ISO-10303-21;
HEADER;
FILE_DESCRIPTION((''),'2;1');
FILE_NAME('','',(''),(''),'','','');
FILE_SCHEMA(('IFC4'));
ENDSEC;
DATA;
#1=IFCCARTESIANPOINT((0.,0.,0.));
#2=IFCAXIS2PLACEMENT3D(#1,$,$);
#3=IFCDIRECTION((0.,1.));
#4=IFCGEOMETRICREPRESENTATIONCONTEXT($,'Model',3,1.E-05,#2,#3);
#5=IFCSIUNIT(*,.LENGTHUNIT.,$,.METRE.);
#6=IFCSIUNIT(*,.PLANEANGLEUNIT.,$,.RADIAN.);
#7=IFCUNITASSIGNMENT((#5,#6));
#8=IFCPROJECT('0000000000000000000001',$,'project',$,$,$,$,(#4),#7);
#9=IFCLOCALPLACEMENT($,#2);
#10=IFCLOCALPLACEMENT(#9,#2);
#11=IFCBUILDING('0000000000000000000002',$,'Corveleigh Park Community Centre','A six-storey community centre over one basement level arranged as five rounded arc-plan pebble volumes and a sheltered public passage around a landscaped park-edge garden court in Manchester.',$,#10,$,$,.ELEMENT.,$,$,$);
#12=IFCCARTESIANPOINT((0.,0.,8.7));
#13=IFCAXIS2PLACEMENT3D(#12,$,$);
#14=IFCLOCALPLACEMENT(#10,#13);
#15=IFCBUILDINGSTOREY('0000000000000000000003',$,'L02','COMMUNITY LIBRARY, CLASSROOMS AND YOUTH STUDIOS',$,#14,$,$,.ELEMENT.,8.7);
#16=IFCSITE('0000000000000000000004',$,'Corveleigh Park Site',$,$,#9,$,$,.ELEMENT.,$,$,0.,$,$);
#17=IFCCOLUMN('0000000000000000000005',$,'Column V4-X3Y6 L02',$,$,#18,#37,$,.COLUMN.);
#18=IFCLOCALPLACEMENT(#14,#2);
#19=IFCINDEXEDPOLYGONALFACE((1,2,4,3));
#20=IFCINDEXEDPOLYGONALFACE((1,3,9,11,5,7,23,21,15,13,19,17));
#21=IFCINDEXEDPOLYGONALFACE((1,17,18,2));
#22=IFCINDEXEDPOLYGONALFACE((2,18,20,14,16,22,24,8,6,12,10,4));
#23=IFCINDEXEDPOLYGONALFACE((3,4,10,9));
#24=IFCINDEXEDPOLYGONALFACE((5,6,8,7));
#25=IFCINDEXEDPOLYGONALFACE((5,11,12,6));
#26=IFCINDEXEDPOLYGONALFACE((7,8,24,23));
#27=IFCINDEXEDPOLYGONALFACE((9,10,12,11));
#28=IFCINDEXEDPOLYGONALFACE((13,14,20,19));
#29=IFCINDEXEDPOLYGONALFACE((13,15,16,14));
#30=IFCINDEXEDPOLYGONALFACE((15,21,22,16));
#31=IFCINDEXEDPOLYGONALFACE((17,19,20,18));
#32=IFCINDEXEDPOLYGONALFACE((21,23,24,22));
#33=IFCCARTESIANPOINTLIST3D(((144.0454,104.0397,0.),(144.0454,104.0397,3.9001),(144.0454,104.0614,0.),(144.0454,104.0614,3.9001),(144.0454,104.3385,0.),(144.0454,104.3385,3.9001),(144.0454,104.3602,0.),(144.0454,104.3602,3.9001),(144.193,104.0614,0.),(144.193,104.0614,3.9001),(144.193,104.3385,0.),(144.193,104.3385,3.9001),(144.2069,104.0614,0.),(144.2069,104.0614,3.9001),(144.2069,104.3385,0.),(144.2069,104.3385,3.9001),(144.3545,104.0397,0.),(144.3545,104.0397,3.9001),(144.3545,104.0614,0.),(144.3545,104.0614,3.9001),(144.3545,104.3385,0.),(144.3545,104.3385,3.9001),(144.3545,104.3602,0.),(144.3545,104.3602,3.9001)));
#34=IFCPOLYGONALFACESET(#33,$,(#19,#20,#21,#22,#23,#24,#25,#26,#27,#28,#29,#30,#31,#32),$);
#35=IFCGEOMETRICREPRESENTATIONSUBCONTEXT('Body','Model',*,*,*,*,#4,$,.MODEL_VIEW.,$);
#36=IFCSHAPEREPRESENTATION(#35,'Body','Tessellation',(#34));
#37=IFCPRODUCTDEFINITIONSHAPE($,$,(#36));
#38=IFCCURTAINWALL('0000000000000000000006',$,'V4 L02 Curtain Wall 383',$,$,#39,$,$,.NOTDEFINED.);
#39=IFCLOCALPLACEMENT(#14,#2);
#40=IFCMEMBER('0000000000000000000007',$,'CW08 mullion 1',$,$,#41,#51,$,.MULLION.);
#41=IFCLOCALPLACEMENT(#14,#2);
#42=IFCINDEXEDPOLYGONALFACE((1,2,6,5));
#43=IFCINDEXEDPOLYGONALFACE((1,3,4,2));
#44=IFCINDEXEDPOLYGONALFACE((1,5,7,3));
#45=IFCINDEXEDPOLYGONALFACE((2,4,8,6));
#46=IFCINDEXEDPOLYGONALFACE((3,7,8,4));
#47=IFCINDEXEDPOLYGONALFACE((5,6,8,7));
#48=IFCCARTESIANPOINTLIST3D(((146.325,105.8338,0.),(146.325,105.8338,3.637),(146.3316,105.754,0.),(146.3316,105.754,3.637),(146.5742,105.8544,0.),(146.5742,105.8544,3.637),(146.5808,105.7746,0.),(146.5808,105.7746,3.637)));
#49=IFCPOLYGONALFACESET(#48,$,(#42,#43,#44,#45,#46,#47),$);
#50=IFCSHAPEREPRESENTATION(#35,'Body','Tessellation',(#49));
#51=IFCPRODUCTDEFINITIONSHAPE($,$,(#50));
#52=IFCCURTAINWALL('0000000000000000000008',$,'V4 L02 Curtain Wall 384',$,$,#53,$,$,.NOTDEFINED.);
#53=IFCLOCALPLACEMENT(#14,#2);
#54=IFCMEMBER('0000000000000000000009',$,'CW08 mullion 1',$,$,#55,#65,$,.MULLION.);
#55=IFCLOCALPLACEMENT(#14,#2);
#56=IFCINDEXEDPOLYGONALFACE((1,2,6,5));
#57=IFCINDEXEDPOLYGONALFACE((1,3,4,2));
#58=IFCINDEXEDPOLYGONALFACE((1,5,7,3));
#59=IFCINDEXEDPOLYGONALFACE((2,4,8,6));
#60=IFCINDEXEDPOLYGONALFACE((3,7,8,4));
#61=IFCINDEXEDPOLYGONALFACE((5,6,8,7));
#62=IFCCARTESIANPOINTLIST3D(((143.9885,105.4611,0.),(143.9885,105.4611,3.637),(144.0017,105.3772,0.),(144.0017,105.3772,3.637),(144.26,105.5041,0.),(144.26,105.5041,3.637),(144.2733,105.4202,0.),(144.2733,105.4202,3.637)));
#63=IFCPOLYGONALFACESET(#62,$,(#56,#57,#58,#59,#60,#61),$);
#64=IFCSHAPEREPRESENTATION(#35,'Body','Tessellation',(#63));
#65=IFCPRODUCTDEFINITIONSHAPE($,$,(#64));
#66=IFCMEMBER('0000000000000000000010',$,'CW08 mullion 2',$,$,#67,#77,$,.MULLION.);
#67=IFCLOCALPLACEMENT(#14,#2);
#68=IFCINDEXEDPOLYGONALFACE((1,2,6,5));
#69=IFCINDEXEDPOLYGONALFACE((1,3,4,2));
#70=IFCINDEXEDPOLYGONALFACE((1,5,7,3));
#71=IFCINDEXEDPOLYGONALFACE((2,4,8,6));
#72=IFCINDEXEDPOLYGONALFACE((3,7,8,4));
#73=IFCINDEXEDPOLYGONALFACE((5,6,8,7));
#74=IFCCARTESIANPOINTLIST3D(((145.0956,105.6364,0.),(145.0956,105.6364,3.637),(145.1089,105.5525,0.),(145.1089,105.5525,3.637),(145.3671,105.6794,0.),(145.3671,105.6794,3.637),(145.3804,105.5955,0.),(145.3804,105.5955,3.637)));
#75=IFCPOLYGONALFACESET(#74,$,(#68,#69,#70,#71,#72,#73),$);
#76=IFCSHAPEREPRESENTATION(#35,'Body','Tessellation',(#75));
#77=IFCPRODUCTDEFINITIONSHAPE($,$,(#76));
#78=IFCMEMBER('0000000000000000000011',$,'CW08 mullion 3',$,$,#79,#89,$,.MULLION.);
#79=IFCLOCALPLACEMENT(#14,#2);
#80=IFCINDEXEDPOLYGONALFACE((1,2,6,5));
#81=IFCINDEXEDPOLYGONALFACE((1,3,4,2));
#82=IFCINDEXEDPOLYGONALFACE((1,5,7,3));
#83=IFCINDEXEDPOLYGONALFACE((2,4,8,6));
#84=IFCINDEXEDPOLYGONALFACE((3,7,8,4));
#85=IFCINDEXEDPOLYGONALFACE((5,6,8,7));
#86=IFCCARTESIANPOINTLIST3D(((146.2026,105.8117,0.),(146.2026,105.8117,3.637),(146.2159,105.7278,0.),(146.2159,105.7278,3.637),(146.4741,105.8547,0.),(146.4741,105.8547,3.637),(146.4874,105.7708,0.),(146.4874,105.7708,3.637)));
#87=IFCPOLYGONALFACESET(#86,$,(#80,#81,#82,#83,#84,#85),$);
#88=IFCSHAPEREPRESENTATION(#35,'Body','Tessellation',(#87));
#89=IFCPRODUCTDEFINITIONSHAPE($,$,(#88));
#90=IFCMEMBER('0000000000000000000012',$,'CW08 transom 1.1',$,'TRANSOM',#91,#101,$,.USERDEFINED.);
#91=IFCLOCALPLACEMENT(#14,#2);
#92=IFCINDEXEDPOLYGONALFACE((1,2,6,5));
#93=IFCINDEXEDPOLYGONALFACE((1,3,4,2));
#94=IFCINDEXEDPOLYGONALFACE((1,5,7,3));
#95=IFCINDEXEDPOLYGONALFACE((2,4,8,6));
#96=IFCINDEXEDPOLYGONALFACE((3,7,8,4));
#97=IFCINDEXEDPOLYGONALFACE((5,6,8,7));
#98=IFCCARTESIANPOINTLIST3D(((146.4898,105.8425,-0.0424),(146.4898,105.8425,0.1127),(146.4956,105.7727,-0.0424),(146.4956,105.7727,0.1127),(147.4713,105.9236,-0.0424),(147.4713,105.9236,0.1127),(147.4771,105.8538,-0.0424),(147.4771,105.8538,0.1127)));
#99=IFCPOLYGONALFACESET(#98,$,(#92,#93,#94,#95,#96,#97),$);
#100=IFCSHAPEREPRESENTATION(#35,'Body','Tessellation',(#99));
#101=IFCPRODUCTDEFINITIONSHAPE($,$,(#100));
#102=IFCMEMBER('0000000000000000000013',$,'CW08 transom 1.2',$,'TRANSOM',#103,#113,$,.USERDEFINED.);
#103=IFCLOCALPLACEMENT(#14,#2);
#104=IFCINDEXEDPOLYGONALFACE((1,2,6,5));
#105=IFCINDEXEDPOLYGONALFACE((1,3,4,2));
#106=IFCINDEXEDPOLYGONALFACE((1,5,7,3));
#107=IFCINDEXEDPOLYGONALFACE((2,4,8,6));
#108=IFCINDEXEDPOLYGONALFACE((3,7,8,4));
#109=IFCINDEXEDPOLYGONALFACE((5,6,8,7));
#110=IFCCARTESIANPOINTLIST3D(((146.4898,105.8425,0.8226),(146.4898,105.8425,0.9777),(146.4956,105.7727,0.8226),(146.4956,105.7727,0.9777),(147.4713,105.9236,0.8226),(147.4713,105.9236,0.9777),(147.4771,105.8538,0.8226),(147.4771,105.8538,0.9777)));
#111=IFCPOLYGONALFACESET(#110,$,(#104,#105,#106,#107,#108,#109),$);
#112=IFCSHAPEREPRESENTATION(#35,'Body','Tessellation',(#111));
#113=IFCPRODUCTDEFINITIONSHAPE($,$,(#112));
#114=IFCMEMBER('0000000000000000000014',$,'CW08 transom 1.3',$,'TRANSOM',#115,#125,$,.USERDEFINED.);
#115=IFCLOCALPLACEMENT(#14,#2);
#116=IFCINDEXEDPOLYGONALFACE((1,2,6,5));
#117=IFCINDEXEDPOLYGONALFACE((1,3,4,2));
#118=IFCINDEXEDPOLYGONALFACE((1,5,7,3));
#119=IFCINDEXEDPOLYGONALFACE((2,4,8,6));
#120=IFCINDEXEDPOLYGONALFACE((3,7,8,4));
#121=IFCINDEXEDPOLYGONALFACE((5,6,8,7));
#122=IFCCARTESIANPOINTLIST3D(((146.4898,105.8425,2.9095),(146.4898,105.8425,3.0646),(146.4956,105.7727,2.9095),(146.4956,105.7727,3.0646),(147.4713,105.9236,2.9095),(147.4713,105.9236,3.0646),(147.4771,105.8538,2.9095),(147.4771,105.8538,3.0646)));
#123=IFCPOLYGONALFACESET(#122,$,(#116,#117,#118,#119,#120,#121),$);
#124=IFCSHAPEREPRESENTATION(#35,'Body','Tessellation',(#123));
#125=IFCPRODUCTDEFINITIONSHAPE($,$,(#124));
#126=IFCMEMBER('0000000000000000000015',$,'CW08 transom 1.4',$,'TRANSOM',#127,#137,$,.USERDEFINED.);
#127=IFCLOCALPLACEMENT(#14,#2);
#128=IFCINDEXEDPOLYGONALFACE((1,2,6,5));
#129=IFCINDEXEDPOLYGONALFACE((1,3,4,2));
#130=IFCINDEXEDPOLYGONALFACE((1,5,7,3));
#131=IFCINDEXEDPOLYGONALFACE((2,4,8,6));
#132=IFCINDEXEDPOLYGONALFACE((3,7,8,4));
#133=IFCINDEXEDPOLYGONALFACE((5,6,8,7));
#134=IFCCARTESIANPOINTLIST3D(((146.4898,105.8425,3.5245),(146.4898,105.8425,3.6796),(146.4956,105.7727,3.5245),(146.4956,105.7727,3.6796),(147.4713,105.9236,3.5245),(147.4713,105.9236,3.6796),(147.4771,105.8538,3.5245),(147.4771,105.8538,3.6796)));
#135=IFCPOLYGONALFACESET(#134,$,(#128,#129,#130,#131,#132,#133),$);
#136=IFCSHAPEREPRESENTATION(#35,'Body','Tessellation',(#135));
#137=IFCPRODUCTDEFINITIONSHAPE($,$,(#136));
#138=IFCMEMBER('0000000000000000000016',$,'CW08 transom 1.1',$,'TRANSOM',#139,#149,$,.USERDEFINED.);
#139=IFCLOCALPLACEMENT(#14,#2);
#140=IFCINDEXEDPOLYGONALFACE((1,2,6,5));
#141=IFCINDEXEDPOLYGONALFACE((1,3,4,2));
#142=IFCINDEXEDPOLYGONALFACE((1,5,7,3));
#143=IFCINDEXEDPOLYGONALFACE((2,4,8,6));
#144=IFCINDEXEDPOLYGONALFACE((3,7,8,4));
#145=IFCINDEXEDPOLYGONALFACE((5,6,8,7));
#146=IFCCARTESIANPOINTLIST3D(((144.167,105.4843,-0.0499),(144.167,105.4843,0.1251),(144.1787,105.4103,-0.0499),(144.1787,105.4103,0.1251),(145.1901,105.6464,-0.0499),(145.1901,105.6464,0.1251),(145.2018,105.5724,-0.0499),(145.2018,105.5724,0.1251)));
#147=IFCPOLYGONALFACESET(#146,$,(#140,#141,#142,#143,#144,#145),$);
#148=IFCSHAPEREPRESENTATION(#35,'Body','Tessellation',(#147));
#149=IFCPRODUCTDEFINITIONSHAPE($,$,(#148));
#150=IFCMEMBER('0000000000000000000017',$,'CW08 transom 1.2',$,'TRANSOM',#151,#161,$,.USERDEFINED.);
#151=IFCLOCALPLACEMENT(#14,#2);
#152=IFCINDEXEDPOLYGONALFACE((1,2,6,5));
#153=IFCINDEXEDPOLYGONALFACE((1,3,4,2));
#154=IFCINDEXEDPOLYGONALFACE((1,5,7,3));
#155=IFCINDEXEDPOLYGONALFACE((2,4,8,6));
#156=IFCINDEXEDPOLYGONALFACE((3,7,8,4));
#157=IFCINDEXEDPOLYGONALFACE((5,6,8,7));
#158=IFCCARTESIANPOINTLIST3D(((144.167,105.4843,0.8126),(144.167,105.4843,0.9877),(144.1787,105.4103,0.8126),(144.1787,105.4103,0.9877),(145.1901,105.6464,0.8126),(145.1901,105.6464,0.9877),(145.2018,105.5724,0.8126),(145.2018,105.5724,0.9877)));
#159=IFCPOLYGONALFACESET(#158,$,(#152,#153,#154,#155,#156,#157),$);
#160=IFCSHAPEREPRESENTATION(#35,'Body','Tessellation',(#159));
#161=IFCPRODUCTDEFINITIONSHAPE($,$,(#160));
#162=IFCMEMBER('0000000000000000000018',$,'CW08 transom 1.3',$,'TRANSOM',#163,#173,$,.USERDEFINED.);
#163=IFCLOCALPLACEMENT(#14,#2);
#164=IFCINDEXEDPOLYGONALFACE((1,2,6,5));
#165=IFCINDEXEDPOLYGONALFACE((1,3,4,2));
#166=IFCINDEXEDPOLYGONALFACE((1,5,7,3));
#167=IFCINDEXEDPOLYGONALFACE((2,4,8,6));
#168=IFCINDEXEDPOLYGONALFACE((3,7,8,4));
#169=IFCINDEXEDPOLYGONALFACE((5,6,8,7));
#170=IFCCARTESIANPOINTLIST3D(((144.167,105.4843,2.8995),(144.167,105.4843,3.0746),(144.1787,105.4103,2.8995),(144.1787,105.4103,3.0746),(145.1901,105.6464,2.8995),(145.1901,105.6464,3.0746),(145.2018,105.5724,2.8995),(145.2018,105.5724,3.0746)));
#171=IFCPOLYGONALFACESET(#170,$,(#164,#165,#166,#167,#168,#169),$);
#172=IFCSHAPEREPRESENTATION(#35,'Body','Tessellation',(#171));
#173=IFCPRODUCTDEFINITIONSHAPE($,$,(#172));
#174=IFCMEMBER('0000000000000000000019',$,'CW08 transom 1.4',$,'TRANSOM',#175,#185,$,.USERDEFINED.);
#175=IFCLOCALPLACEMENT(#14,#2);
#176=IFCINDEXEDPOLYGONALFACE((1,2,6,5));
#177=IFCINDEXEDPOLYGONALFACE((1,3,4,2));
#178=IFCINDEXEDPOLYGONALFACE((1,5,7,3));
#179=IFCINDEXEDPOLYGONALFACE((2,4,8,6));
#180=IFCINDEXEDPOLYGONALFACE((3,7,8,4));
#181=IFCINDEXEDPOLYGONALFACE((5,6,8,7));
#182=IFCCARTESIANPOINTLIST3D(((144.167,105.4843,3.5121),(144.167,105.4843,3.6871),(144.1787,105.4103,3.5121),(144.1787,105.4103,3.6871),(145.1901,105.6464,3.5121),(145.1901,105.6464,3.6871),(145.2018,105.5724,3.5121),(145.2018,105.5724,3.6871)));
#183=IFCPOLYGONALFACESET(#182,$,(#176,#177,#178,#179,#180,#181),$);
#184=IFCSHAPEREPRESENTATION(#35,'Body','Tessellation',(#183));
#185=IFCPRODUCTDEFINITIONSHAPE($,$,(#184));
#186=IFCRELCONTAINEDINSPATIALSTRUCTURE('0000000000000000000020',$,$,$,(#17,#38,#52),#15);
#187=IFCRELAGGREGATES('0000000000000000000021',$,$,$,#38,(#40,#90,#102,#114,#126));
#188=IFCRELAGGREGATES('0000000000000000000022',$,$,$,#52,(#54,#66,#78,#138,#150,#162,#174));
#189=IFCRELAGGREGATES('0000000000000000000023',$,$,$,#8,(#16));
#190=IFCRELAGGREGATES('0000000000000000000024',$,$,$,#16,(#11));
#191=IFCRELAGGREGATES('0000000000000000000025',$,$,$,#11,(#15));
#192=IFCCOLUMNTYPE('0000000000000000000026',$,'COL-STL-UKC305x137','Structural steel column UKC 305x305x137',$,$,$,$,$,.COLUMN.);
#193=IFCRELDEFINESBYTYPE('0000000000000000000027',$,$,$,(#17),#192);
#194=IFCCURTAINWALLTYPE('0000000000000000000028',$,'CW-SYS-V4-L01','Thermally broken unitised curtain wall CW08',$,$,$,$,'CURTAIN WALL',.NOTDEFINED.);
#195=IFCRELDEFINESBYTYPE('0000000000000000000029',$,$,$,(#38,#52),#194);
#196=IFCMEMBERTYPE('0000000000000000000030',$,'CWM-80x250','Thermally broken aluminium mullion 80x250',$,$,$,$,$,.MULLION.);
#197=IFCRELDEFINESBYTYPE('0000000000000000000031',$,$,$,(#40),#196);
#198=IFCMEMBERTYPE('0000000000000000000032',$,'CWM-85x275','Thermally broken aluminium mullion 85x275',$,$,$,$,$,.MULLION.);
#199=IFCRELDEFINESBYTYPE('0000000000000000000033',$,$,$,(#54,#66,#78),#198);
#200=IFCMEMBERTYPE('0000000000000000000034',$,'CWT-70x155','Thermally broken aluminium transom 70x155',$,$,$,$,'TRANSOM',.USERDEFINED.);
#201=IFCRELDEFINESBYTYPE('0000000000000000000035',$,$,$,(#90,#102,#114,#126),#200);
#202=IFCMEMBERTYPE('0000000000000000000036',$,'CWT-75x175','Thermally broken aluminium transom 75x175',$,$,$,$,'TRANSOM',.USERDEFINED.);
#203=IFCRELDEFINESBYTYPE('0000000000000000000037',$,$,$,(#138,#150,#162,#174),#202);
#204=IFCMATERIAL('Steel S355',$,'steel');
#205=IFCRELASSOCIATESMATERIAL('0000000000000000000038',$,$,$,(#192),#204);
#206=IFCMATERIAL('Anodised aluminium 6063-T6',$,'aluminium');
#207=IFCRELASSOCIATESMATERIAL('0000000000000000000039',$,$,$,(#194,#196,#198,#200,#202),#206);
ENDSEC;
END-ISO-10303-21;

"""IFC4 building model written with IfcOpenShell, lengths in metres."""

from ifc_helpers import new_model, si_unit, direction, frame, origin, origin_2d, place, context, subcontext, project, spatial, rectangle, i_section, extrude, material, material_profile, profile_set, type_object, element, aggregate, save


model = new_model("IFC4")

# Units and contexts
model_context = context("Model", 3, precision=1e-05, world=origin(), true_north=direction((0.0, 1.0)))
body_context = subcontext(model_context, "Body", "Model", "MODEL_VIEW")
ifc_project = project(units=[si_unit("LENGTHUNIT", "METRE"), si_unit("PLANEANGLEUNIT", "RADIAN")], contexts=[model_context])

# Site, building, storey
site_placement = place(None, origin())
site = spatial("IfcSite", under=ifc_project, at=site_placement, Name="Corveleigh Park Site", CompositionType="ELEMENT", RefElevation=0.0)
building_placement = place(site_placement, origin())
building = spatial("IfcBuilding", under=site, at=building_placement, Name="Corveleigh Park Community Centre", Description="A six-storey community centre over one basement level arranged as five rounded arc-plan pebble volumes and a sheltered public passage around a landscaped park-edge garden court in Manchester.", CompositionType="ELEMENT")
storey_placement = place(building_placement, frame((0.0, 0.0, 8.7)))
storey = spatial("IfcBuildingStorey", under=building, at=storey_placement, Name="L02", Description="COMMUNITY LIBRARY, CLASSROOMS AND YOUTH STUDIOS", CompositionType="ELEMENT", Elevation=8.7)

# Column
ifc_material_1 = material(Name="Steel S355", Category="steel")
ifc_material_profile_1 = material_profile(ifc_material_1, i_section(OverallWidth=0.3091, OverallDepth=0.3206, WebThickness=0.0139, FlangeThickness=0.0217, at=origin_2d()), Name="UKC 305x305x137", Category="steel")
ifc_profile_set_1 = profile_set([ifc_material_profile_1], Name="Steel S355")
column_type = type_object("IfcColumnType", Name="COL-STL-UKC305x137", Description="Structural steel column UKC 305x305x137", PredefinedType="COLUMN", material=ifc_profile_set_1)
column_placement = place(storey_placement, frame((144.2, 104.2, 0.0), z_axis=(0.0, 0.0, 1.0), x_axis=(1.0, 0.0, 0.0)))
element("IfcColumn", 1, at=column_placement, inside=storey, type_object=column_type, Name="Column V4-X3Y6 L02", PredefinedType="COLUMN", context=body_context, shape_type="SweptSolid", body=[
    extrude(i_section(OverallWidth=0.3091, OverallDepth=0.3206, WebThickness=0.0139, FlangeThickness=0.0217, at=origin_2d()), origin(), (0.0, 0.0, 1.0), 3.9001),
])

# Curtain wall, member
ifc_material_2 = material(Name="Anodised aluminium 6063-T6", Category="aluminium")
curtain_wall_type = type_object("IfcCurtainWallType", Name="CW-SYS-V4-L01", Description="Thermally broken unitised curtain wall CW08", ElementType="CURTAIN WALL", PredefinedType="NOTDEFINED", material=ifc_material_2)
curtain_wall_1_placement = place(storey_placement, origin())
curtain_wall_1 = element("IfcCurtainWall", 2, at=curtain_wall_1_placement, inside=storey, type_object=curtain_wall_type, Name="V4 L02 Curtain Wall 383", PredefinedType="NOTDEFINED")
ifc_material_profile_2 = material_profile(ifc_material_2, rectangle(XDim=0.0801, YDim=0.25, at=origin_2d()), Name="ALU-M80x250", Category="aluminium")
ifc_profile_set_2 = profile_set([ifc_material_profile_2], Name="Anodised aluminium 6063-T6")
member_type_1 = type_object("IfcMemberType", Name="CWM-80x250", Description="Thermally broken aluminium mullion 80x250", PredefinedType="MULLION", material=ifc_profile_set_2)
member_1_placement = place(storey_placement, frame((146.4529, 105.8042, 0.0), z_axis=(0.0, 0.0, 1.0), x_axis=(-0.082371, 0.996602, 0.0)))
member_1 = element("IfcMember", 3, at=member_1_placement, type_object=member_type_1, Name="CW08 mullion 1", PredefinedType="MULLION", context=body_context, shape_type="SweptSolid", body=[
    extrude(rectangle(XDim=0.0801, YDim=0.25, at=origin_2d()), origin(), (0.0, 0.0, 1.0), 3.637),
])

# Curtain wall, members
curtain_wall_2_placement = place(storey_placement, origin())
curtain_wall_2 = element("IfcCurtainWall", 4, at=curtain_wall_2_placement, inside=storey, type_object=curtain_wall_type, Name="V4 L02 Curtain Wall 384", PredefinedType="NOTDEFINED")
ifc_material_profile_3 = material_profile(ifc_material_2, rectangle(XDim=0.085, YDim=0.2749, at=origin_2d()), Name="ALU-M85x275", Category="aluminium")
ifc_profile_set_3 = profile_set([ifc_material_profile_3], Name="Anodised aluminium 6063-T6")
member_type_2 = type_object("IfcMemberType", Name="CWM-85x275", Description="Thermally broken aluminium mullion 85x275", PredefinedType="MULLION", material=ifc_profile_set_3)
member_2_placement = place(storey_placement, frame((144.1309, 105.4407, 0.0), z_axis=(0.0, 0.0, 1.0), x_axis=(-0.156448, 0.987686, 0.0)))
member_2 = element("IfcMember", 5, at=member_2_placement, type_object=member_type_2, Name="CW08 mullion 1", PredefinedType="MULLION", context=body_context, shape_type="SweptSolid", body=[
    extrude(rectangle(XDim=0.085, YDim=0.2749, at=origin_2d()), origin(), (0.0, 0.0, 1.0), 3.637),
])
member_3_placement = place(storey_placement, frame((145.238, 105.616, 0.0), z_axis=(0.0, 0.0, 1.0), x_axis=(-0.156448, 0.987686, 0.0)))
member_3 = element("IfcMember", 6, at=member_3_placement, type_object=member_type_2, Name="CW08 mullion 2", PredefinedType="MULLION", context=body_context, shape_type="SweptSolid", body=[
    extrude(rectangle(XDim=0.085, YDim=0.2749, at=origin_2d()), origin(), (0.0, 0.0, 1.0), 3.637),
])
member_4_placement = place(storey_placement, frame((146.345, 105.7913, 0.0), z_axis=(0.0, 0.0, 1.0), x_axis=(-0.156448, 0.987686, 0.0)))
member_4 = element("IfcMember", 7, at=member_4_placement, type_object=member_type_2, Name="CW08 mullion 3", PredefinedType="MULLION", context=body_context, shape_type="SweptSolid", body=[
    extrude(rectangle(XDim=0.085, YDim=0.2749, at=origin_2d()), origin(), (0.0, 0.0, 1.0), 3.637),
])

# Members
ifc_material_profile_4 = material_profile(ifc_material_2, rectangle(XDim=0.0701, YDim=0.155, at=origin_2d()), Name="ALU-T70x155", Category="aluminium")
ifc_profile_set_4 = profile_set([ifc_material_profile_4], Name="Anodised aluminium 6063-T6")
member_type_3 = type_object("IfcMemberType", Name="CWT-70x155", Description="Thermally broken aluminium transom 70x155", ElementType="TRANSOM", PredefinedType="USERDEFINED", material=ifc_profile_set_4)
member_5_placement = place(storey_placement, frame((146.4927, 105.8076, 0.0352), z_axis=(0.996607, 0.082307, 0.0), x_axis=(-0.082307, 0.996607, 0.0)))
member_5 = element("IfcMember", 8, at=member_5_placement, type_object=member_type_3, Name="CW08 transom 1.1", ObjectType="TRANSOM", PredefinedType="USERDEFINED", context=body_context, shape_type="SweptSolid", body=[
    extrude(rectangle(XDim=0.0701, YDim=0.155, at=origin_2d()), origin(), (0.0, 0.0, 1.0), 0.9849),
])
member_6_placement = place(storey_placement, frame((146.4927, 105.8076, 0.9001), z_axis=(0.996607, 0.082307, 0.0), x_axis=(-0.082307, 0.996607, 0.0)))
member_6 = element("IfcMember", 9, at=member_6_placement, type_object=member_type_3, Name="CW08 transom 1.2", ObjectType="TRANSOM", PredefinedType="USERDEFINED", context=body_context, shape_type="SweptSolid", body=[
    extrude(rectangle(XDim=0.0701, YDim=0.155, at=origin_2d()), origin(), (0.0, 0.0, 1.0), 0.9849),
])
member_7_placement = place(storey_placement, frame((146.4927, 105.8076, 2.9871), z_axis=(0.996607, 0.082307, 0.0), x_axis=(-0.082307, 0.996607, 0.0)))
member_7 = element("IfcMember", 10, at=member_7_placement, type_object=member_type_3, Name="CW08 transom 1.3", ObjectType="TRANSOM", PredefinedType="USERDEFINED", context=body_context, shape_type="SweptSolid", body=[
    extrude(rectangle(XDim=0.0701, YDim=0.155, at=origin_2d()), origin(), (0.0, 0.0, 1.0), 0.9849),
])
member_8_placement = place(storey_placement, frame((146.4927, 105.8076, 3.6021), z_axis=(0.996607, 0.082307, 0.0), x_axis=(-0.082307, 0.996607, 0.0)))
member_8 = element("IfcMember", 11, at=member_8_placement, type_object=member_type_3, Name="CW08 transom 1.4", ObjectType="TRANSOM", PredefinedType="USERDEFINED", context=body_context, shape_type="SweptSolid", body=[
    extrude(rectangle(XDim=0.0701, YDim=0.155, at=origin_2d()), origin(), (0.0, 0.0, 1.0), 0.9849),
])
ifc_material_profile_5 = material_profile(ifc_material_2, rectangle(XDim=0.075, YDim=0.175, at=origin_2d()), Name="ALU-T75x175", Category="aluminium")
ifc_profile_set_5 = profile_set([ifc_material_profile_5], Name="Anodised aluminium 6063-T6")
member_type_4 = type_object("IfcMemberType", Name="CWT-75x175", Description="Thermally broken aluminium transom 75x175", ElementType="TRANSOM", PredefinedType="USERDEFINED", material=ifc_profile_set_5)
member_9_placement = place(storey_placement, frame((144.1729, 105.4473, 0.0376), z_axis=(0.987681, 0.156483, 0.0), x_axis=(-0.156483, 0.987681, 0.0)))
member_9 = element("IfcMember", 12, at=member_9_placement, type_object=member_type_4, Name="CW08 transom 1.1", ObjectType="TRANSOM", PredefinedType="USERDEFINED", context=body_context, shape_type="SweptSolid", body=[
    extrude(rectangle(XDim=0.075, YDim=0.175, at=origin_2d()), origin(), (0.0, 0.0, 1.0), 1.0359),
])
member_10_placement = place(storey_placement, frame((144.1729, 105.4473, 0.9001), z_axis=(0.987681, 0.156483, 0.0), x_axis=(-0.156483, 0.987681, 0.0)))
member_10 = element("IfcMember", 13, at=member_10_placement, type_object=member_type_4, Name="CW08 transom 1.2", ObjectType="TRANSOM", PredefinedType="USERDEFINED", context=body_context, shape_type="SweptSolid", body=[
    extrude(rectangle(XDim=0.075, YDim=0.175, at=origin_2d()), origin(), (0.0, 0.0, 1.0), 1.0359),
])
member_11_placement = place(storey_placement, frame((144.1729, 105.4473, 2.9871), z_axis=(0.987681, 0.156483, 0.0), x_axis=(-0.156483, 0.987681, 0.0)))
member_11 = element("IfcMember", 14, at=member_11_placement, type_object=member_type_4, Name="CW08 transom 1.3", ObjectType="TRANSOM", PredefinedType="USERDEFINED", context=body_context, shape_type="SweptSolid", body=[
    extrude(rectangle(XDim=0.075, YDim=0.175, at=origin_2d()), origin(), (0.0, 0.0, 1.0), 1.0359),
])
member_12_placement = place(storey_placement, frame((144.1729, 105.4473, 3.5996), z_axis=(0.987681, 0.156483, 0.0), x_axis=(-0.156483, 0.987681, 0.0)))
member_12 = element("IfcMember", 15, at=member_12_placement, type_object=member_type_4, Name="CW08 transom 1.4", ObjectType="TRANSOM", PredefinedType="USERDEFINED", context=body_context, shape_type="SweptSolid", body=[
    extrude(rectangle(XDim=0.075, YDim=0.175, at=origin_2d()), origin(), (0.0, 0.0, 1.0), 1.0359),
])

aggregate(curtain_wall_1, [member_1, member_5, member_6, member_7, member_8])
aggregate(curtain_wall_2, [member_2, member_3, member_4, member_9, member_10, member_11, member_12])

save(model, "model.ifc")
